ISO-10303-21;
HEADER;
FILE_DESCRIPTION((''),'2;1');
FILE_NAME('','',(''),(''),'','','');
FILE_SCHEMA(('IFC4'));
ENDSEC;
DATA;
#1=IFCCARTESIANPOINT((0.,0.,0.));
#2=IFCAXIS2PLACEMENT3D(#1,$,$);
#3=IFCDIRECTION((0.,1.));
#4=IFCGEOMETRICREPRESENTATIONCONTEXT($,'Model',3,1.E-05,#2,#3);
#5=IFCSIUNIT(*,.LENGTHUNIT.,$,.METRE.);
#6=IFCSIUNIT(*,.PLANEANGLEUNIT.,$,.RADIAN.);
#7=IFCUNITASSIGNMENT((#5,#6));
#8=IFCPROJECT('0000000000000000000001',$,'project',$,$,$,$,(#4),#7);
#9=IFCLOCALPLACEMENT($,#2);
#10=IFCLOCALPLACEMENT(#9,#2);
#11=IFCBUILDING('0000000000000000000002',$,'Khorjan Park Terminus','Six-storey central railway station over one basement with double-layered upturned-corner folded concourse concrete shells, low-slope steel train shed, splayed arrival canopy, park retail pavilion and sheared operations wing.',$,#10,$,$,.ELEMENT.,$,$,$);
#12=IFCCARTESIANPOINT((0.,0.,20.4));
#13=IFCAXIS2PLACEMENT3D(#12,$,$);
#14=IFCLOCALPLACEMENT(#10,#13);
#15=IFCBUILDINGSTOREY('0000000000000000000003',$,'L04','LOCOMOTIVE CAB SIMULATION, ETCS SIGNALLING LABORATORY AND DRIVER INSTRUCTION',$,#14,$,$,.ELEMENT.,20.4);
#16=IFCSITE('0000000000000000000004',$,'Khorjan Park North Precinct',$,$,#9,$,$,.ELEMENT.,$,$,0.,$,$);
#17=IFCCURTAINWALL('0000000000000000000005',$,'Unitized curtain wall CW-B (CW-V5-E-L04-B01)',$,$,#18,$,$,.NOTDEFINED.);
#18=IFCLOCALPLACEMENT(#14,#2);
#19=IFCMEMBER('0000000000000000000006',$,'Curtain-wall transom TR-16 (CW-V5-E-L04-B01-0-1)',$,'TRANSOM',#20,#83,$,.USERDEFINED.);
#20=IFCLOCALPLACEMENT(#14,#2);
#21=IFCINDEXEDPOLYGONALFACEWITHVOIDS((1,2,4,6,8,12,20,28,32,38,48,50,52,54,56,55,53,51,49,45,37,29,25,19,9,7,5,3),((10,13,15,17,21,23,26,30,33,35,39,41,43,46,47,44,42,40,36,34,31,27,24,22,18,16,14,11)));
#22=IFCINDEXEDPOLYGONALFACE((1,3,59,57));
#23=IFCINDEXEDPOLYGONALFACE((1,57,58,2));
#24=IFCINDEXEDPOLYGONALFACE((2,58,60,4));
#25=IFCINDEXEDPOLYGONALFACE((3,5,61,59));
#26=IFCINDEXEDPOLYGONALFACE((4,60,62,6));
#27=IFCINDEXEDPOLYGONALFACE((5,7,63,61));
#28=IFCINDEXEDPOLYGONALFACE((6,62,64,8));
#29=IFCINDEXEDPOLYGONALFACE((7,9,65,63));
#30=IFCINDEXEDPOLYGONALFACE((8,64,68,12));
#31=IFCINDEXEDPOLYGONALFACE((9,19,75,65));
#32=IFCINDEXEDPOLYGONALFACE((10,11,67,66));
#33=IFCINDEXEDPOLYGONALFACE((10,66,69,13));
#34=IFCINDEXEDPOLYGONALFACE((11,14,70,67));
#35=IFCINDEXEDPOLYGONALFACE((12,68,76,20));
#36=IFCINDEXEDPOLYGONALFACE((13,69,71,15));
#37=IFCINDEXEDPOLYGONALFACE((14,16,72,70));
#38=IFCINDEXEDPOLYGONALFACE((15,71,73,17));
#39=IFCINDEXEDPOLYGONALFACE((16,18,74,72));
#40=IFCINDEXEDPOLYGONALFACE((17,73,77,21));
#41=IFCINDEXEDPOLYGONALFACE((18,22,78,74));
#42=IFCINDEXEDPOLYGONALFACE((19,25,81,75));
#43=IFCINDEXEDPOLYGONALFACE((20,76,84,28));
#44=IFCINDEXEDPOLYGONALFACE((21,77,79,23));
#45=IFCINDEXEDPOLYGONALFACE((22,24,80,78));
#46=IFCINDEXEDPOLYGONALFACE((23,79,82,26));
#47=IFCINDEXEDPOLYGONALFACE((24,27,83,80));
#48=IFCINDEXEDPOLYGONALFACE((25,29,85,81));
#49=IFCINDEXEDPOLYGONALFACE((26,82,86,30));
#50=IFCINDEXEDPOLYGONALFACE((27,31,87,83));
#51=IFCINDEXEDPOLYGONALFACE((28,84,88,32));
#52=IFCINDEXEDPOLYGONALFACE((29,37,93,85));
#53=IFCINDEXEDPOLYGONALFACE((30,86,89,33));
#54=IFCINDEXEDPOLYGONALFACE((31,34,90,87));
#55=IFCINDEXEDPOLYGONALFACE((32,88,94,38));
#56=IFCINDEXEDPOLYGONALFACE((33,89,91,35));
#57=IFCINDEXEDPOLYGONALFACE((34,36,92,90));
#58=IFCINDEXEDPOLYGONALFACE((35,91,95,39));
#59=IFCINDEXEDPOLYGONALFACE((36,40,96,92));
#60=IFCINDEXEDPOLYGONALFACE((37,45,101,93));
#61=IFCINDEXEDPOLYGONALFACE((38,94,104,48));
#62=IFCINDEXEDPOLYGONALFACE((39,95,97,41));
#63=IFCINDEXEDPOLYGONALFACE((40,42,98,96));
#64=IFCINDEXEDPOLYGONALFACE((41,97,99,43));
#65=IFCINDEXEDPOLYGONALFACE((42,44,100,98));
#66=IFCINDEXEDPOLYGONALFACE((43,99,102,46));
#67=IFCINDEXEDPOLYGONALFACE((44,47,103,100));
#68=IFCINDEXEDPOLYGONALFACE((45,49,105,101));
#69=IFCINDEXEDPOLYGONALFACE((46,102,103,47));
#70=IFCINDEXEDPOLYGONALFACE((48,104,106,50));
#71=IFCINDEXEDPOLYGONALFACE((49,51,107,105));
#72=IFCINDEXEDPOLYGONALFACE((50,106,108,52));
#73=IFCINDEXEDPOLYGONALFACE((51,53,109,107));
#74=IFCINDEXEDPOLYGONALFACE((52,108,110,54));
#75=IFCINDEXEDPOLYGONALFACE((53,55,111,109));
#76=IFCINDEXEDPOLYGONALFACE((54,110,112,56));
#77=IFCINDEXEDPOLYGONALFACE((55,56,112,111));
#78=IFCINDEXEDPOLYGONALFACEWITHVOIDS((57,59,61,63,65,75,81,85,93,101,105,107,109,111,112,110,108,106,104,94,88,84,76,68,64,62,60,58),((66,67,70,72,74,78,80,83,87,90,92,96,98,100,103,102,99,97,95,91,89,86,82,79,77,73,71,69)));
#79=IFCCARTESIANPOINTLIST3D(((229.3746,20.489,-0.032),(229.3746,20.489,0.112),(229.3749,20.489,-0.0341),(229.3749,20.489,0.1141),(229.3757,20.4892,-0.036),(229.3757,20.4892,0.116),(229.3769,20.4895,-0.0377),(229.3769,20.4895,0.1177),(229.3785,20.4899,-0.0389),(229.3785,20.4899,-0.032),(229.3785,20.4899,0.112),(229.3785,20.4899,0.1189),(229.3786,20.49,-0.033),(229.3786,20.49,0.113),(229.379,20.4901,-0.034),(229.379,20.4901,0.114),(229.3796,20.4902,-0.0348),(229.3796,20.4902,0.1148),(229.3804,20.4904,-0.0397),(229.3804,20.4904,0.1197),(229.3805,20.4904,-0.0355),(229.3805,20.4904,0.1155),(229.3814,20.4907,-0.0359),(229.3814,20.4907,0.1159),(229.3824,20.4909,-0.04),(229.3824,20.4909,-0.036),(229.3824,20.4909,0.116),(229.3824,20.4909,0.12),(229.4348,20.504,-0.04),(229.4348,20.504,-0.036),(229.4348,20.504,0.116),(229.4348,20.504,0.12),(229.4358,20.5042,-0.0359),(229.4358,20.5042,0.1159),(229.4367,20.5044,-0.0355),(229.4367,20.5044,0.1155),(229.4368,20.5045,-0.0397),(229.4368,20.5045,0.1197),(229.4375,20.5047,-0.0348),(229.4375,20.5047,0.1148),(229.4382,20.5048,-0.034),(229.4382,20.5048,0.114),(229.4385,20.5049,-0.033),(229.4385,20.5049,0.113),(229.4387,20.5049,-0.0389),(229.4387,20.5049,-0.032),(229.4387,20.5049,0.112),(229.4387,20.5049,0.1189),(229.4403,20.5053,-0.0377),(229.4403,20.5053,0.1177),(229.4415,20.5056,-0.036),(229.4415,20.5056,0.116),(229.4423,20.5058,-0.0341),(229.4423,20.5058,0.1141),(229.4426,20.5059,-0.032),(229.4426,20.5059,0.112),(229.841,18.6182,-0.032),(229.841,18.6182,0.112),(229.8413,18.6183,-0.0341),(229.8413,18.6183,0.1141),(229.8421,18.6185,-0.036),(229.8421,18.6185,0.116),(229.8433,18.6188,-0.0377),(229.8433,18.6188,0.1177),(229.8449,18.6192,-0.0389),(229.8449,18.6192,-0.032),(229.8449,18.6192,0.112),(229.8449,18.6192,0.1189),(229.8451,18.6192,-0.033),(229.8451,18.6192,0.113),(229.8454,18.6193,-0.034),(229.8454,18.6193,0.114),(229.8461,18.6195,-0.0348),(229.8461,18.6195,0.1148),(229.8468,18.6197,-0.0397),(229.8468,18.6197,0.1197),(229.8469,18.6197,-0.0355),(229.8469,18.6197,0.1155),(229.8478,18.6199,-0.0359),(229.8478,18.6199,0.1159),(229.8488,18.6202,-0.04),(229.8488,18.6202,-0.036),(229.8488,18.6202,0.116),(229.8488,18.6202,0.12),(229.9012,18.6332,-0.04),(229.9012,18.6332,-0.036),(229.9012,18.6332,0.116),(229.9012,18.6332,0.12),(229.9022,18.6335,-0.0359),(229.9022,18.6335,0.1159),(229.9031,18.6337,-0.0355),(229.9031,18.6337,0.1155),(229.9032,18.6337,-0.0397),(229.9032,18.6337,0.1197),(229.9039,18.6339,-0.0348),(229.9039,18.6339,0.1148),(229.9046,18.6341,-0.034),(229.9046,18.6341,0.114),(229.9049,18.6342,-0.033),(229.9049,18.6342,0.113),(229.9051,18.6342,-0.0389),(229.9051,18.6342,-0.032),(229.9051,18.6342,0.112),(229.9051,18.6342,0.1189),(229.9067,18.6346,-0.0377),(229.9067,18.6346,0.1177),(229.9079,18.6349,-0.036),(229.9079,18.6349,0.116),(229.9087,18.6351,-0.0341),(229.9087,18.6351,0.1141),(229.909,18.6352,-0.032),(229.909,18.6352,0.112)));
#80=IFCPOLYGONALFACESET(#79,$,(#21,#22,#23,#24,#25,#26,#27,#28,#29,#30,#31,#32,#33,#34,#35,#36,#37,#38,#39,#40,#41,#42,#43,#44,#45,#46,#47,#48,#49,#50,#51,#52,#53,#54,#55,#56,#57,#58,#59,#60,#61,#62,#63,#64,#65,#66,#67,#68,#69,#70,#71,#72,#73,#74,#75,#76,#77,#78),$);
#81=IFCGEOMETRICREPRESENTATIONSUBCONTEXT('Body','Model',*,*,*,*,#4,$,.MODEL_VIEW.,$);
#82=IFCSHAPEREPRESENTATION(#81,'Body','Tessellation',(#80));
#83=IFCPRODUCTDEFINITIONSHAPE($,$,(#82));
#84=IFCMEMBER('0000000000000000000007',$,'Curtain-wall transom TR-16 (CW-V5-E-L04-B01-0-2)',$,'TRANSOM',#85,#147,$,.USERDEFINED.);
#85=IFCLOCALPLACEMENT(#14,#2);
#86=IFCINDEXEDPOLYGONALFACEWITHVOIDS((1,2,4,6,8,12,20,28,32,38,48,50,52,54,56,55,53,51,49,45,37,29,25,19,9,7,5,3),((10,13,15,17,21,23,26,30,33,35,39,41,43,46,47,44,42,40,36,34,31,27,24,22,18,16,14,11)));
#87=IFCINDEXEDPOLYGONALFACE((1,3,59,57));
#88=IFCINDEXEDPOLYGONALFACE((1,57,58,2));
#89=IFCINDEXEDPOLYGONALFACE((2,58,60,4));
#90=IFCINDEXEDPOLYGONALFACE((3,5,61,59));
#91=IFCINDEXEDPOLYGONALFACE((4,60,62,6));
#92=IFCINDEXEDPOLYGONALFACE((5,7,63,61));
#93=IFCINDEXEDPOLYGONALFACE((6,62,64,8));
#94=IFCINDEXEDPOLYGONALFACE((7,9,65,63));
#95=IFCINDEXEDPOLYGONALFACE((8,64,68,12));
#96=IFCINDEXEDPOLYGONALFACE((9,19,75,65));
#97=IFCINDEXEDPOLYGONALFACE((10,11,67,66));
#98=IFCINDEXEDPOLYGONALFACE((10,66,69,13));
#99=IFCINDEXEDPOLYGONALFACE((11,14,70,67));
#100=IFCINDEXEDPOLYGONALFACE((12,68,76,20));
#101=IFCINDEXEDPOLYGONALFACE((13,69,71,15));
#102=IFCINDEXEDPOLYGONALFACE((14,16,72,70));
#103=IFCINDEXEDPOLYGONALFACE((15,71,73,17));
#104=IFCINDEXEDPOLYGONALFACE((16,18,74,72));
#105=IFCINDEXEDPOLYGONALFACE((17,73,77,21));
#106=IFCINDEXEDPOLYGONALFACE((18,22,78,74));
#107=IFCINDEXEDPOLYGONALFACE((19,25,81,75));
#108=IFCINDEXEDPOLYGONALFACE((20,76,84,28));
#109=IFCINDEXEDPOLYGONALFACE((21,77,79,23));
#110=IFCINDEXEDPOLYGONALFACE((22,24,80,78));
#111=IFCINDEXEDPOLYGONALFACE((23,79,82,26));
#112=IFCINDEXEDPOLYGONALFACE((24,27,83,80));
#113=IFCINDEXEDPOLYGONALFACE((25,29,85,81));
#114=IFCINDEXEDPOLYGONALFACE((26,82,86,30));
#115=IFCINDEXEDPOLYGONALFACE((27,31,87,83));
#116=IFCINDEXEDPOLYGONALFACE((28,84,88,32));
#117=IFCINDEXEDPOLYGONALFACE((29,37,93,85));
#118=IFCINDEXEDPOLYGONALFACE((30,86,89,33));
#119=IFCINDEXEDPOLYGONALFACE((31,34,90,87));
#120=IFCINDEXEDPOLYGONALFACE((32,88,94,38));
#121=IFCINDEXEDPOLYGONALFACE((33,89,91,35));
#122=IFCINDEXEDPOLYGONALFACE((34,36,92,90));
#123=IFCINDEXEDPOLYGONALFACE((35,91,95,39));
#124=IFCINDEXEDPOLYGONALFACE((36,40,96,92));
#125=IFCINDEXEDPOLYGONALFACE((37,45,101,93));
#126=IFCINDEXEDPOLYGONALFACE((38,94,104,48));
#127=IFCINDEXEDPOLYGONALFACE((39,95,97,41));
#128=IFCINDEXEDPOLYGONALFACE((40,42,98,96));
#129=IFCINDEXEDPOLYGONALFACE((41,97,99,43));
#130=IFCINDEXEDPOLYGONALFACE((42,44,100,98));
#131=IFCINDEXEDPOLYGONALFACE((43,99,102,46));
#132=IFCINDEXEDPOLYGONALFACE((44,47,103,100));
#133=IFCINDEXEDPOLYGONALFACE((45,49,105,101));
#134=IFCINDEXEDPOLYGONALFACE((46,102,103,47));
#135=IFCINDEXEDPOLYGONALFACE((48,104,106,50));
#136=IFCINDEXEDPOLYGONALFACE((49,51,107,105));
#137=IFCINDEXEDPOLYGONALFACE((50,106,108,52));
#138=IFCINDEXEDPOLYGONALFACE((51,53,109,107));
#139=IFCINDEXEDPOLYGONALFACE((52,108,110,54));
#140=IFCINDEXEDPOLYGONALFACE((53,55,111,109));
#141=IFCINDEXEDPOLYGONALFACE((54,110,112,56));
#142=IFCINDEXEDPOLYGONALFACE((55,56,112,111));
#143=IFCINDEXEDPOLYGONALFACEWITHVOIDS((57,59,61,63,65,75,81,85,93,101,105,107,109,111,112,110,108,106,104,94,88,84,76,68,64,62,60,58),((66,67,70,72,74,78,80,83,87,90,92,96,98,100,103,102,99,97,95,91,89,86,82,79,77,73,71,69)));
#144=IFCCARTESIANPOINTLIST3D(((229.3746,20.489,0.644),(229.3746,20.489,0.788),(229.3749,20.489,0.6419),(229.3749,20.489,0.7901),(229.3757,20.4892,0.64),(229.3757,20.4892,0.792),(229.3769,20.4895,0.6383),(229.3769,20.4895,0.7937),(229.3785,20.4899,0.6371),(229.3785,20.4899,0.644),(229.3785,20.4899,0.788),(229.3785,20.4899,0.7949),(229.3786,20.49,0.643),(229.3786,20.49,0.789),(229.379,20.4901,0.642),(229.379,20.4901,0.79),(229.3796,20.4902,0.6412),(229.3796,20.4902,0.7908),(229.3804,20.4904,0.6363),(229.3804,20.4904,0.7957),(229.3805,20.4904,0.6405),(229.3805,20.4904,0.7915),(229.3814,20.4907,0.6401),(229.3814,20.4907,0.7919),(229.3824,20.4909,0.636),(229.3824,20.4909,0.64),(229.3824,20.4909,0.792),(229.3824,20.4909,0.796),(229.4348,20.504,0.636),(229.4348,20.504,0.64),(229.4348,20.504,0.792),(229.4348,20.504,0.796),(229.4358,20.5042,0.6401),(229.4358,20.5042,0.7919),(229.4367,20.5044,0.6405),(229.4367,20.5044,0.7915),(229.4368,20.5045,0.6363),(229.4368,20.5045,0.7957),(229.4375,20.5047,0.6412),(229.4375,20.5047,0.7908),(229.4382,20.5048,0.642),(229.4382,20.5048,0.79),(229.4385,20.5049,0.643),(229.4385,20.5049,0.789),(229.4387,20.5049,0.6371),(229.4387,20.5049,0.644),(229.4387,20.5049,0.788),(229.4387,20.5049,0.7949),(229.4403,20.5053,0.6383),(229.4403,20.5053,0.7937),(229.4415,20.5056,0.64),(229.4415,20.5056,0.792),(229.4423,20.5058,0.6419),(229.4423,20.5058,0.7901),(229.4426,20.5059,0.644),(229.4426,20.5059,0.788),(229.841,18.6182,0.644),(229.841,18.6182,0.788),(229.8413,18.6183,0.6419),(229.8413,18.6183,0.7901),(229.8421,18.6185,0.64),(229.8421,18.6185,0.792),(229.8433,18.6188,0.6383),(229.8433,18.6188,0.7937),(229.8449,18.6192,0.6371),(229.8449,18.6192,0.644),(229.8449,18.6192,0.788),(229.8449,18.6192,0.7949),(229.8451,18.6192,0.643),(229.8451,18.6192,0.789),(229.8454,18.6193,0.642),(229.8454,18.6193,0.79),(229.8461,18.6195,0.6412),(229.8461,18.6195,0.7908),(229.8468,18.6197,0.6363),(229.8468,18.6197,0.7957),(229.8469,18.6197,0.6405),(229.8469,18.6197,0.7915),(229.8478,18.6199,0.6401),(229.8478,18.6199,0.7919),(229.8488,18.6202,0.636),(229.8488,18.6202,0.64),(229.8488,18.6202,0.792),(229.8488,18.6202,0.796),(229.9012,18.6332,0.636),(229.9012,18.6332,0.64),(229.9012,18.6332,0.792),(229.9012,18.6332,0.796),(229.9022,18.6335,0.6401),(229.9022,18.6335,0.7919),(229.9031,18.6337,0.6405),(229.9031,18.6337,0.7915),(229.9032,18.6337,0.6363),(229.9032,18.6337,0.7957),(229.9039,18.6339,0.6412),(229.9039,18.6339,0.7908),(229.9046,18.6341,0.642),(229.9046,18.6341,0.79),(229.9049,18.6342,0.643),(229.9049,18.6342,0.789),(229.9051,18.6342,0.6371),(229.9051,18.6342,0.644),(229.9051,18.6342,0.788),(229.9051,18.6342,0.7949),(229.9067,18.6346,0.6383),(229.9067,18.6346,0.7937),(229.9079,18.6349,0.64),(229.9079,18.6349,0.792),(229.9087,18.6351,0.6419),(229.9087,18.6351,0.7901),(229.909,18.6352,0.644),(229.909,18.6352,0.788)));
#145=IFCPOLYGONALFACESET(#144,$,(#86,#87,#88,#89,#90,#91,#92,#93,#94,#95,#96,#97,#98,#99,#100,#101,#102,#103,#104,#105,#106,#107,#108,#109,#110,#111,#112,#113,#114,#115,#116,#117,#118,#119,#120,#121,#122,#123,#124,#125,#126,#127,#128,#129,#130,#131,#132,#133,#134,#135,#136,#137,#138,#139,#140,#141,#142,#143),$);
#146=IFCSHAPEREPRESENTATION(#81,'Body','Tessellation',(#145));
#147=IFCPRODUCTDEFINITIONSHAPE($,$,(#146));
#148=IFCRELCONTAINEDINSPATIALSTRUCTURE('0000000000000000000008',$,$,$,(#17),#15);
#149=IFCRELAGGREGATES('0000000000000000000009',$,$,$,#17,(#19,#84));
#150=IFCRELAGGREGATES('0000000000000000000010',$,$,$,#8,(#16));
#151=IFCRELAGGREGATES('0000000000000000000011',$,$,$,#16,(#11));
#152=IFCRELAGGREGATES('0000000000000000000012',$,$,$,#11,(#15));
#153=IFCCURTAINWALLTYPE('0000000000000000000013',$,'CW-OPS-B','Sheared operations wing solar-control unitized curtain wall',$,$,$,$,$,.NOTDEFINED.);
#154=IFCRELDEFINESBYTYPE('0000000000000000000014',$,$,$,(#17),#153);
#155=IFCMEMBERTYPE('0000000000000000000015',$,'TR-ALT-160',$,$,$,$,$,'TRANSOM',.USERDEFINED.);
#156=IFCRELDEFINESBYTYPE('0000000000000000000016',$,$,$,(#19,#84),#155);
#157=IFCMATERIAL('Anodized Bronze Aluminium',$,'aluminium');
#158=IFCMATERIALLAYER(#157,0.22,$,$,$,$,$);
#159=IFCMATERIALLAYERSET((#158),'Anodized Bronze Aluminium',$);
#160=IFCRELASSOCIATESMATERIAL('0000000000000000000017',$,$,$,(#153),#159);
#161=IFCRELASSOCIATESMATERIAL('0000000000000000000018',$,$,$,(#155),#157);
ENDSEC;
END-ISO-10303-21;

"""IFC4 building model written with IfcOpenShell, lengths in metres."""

from ifc_helpers import new_model, si_unit, direction, frame, origin, origin_2d, place, context, subcontext, project, spatial, hollow_rectangle, extrude, material, layer, layer_set, material_profile, profile_set, type_object, element, aggregate, save


model = new_model("IFC4")

# Units and contexts
model_context = context("Model", 3, precision=1e-05, world=origin(), true_north=direction((0.0, 1.0)))
body_context = subcontext(model_context, "Body", "Model", "MODEL_VIEW")
ifc_project = project(units=[si_unit("LENGTHUNIT", "METRE"), si_unit("PLANEANGLEUNIT", "RADIAN")], contexts=[model_context])

# Site, building, storey
site_placement = place(None, origin())
site = spatial("IfcSite", under=ifc_project, at=site_placement, Name="Khorjan Park North Precinct", CompositionType="ELEMENT", RefElevation=0.0)
building_placement = place(site_placement, origin())
building = spatial("IfcBuilding", under=site, at=building_placement, Name="Khorjan Park Terminus", Description="Six-storey central railway station over one basement with double-layered upturned-corner folded concourse concrete shells, low-slope steel train shed, splayed arrival canopy, park retail pavilion and sheared operations wing.", CompositionType="ELEMENT")
storey_placement = place(building_placement, frame((0.0, 0.0, 20.4)))
storey = spatial("IfcBuildingStorey", under=building, at=storey_placement, Name="L04", Description="LOCOMOTIVE CAB SIMULATION, ETCS SIGNALLING LABORATORY AND DRIVER INSTRUCTION", CompositionType="ELEMENT", Elevation=20.4)

# Shared definitions
ifc_material_1 = material(Name="Anodized Bronze Aluminium", Category="aluminium")
ifc_layer_1 = layer(ifc_material_1, 0.22)
ifc_layer_set_1 = layer_set([ifc_layer_1], Name="Anodized Bronze Aluminium")
curtain_wall_type = type_object("IfcCurtainWallType", Name="CW-OPS-B", Description="Sheared operations wing solar-control unitized curtain wall", PredefinedType="NOTDEFINED", material=ifc_layer_set_1)

# Curtain wall
curtain_wall_1_placement = place(storey_placement, origin())
curtain_wall_1 = element("IfcCurtainWall", 1, at=curtain_wall_1_placement, inside=storey, type_object=curtain_wall_type, Name="Unitized curtain wall CW-B (CW-V5-E-L04-B01)", PredefinedType="NOTDEFINED")

# Members
ifc_material_profile_1 = material_profile(ifc_material_1, hollow_rectangle(XDim=0.07, YDim=0.16, WallThickness=0.004, InnerFilletRadius=0.004, OuterFilletRadius=0.008, at=origin_2d()), Name="ALT 70x160x4")
ifc_profile_set_1 = profile_set([ifc_material_profile_1], Name="Anodized Bronze Aluminium")
member_type_1 = type_object("IfcMemberType", Name="TR-ALT-160", ElementType="TRANSOM", PredefinedType="USERDEFINED", material=ifc_profile_set_1)
member_1_placement = place(storey_placement, frame((229.875, 18.6267, 0.04), z_axis=(-0.241913, 0.970298, 0.0), x_axis=(-0.970298, -0.241913, 0.0)))
member_1 = element("IfcMember", 2, at=member_1_placement, type_object=member_type_1, Name="Curtain-wall transom TR-16 (CW-V5-E-L04-B01-0-1)", ObjectType="TRANSOM", PredefinedType="USERDEFINED", context=body_context, shape_type="SweptSolid", body=[
    extrude(hollow_rectangle(XDim=0.07, YDim=0.16, WallThickness=0.004, InnerFilletRadius=0.004, OuterFilletRadius=0.008, at=origin_2d()), origin(), (0.0, 0.0, 1.0), 1.928),
])
member_2_placement = place(storey_placement, frame((229.875, 18.6267, 0.716), z_axis=(-0.241913, 0.970298, 0.0), x_axis=(-0.970298, -0.241913, 0.0)))
member_2 = element("IfcMember", 3, at=member_2_placement, type_object=member_type_1, Name="Curtain-wall transom TR-16 (CW-V5-E-L04-B01-0-2)", ObjectType="TRANSOM", PredefinedType="USERDEFINED", context=body_context, shape_type="SweptSolid", body=[
    extrude(hollow_rectangle(XDim=0.07, YDim=0.16, WallThickness=0.004, InnerFilletRadius=0.004, OuterFilletRadius=0.008, at=origin_2d()), origin(), (0.0, 0.0, 1.0), 1.928),
])

aggregate(curtain_wall_1, [member_1, member_2])

save(model, "model.ifc")
